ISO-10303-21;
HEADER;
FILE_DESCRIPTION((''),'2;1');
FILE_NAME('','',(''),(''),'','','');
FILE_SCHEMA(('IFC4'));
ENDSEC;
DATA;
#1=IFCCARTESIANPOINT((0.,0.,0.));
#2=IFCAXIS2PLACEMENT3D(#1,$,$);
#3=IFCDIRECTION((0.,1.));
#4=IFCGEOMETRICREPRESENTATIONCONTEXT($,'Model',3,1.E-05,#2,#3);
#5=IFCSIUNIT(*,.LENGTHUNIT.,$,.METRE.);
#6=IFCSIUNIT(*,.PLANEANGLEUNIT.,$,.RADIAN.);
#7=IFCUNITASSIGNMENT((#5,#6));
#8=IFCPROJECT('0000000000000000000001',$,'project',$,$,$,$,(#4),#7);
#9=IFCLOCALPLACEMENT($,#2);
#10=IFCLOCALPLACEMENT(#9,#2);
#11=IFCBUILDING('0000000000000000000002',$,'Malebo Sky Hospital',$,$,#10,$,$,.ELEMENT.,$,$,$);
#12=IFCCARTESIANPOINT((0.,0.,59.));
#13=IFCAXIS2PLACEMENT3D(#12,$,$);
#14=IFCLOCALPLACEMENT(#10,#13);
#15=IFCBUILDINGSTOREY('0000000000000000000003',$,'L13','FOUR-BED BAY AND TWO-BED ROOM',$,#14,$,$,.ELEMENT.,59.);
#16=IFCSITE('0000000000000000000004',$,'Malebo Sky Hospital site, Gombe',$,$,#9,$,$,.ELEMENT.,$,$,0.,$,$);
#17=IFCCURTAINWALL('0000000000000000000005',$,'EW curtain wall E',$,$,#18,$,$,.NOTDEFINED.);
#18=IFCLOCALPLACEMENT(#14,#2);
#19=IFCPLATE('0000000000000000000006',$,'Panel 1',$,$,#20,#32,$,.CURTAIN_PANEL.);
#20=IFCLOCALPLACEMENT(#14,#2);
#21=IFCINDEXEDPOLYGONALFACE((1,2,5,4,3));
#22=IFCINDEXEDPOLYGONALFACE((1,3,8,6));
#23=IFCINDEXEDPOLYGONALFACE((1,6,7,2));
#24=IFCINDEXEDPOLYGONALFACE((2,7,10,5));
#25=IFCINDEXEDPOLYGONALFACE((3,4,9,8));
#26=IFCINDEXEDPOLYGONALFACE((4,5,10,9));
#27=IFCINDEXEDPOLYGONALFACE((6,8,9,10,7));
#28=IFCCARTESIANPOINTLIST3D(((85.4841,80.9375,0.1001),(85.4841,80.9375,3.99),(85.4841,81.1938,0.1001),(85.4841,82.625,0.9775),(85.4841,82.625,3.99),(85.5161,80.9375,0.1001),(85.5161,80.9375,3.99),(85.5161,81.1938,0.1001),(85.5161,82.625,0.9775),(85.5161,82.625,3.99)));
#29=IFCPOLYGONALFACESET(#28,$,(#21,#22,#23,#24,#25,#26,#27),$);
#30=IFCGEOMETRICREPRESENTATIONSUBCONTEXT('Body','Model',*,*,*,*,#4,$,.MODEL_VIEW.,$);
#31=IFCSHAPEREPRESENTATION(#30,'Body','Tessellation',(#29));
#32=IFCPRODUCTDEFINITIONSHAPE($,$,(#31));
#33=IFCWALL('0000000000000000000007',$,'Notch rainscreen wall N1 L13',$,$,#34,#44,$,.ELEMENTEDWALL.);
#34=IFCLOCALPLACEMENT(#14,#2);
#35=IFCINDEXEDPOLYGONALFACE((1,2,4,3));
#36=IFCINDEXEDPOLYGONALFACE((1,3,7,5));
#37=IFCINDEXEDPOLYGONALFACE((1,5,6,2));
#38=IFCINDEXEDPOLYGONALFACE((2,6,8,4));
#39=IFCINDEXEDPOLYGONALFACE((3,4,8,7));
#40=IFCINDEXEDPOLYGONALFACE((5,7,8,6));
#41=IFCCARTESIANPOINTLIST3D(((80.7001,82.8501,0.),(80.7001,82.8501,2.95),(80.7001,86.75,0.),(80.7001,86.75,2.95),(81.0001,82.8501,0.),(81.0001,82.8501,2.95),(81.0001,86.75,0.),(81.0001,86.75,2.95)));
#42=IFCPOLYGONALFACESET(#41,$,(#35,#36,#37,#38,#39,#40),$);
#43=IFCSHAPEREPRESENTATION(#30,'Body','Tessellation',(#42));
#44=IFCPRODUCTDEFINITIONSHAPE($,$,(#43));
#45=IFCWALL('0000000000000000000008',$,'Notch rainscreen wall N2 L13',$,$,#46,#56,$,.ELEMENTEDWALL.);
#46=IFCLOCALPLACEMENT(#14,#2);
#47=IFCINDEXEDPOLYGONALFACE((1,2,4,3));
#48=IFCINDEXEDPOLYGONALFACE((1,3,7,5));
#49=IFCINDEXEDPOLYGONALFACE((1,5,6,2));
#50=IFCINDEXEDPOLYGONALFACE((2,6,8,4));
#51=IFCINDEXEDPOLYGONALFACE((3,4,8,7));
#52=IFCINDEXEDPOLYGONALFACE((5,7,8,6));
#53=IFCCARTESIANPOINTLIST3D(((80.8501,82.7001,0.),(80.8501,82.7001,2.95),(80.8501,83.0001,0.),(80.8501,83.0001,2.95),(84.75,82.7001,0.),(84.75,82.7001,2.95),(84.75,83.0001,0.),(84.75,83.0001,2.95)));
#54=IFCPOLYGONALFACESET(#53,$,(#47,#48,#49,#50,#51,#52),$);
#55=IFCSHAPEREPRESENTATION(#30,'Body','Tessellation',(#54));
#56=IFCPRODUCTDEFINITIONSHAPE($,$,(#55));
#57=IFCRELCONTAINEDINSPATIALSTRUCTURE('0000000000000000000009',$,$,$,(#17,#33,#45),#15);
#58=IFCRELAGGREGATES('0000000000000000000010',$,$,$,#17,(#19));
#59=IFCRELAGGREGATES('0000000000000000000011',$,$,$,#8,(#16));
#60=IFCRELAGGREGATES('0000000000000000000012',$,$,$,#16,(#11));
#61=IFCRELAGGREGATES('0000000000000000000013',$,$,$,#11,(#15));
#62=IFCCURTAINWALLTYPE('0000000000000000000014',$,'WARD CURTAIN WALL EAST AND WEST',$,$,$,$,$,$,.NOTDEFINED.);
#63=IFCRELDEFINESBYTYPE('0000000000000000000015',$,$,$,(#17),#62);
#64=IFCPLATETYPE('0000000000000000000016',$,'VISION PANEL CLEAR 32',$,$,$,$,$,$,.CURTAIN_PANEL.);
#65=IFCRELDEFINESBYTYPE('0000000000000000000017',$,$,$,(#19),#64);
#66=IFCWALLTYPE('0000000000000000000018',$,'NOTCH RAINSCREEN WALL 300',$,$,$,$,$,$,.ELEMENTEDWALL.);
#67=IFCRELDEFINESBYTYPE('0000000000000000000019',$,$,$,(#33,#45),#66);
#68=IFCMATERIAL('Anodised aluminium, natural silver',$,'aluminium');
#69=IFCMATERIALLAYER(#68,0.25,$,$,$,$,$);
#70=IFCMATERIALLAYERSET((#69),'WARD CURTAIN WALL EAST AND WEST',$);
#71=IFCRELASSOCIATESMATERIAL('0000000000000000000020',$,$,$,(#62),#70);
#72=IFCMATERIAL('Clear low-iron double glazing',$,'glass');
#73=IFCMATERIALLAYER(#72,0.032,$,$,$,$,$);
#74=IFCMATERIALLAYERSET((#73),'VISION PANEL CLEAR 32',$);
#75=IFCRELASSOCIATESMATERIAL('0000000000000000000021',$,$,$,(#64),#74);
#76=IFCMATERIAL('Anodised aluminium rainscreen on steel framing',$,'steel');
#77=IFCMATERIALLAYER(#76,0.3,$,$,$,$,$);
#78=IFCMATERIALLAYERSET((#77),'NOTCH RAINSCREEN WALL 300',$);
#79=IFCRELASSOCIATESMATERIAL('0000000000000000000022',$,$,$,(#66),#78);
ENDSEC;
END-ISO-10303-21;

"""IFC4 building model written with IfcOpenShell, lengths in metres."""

from ifc_helpers import new_model, si_unit, direction, frame, frame_2d, origin, place, context, subcontext, project, spatial, polyline, rectangle, outline, extrude, material, layer, layer_set, type_object, element, aggregate, save


model = new_model("IFC4")

# Units and contexts
model_context = context("Model", 3, precision=1e-05, world=origin(), true_north=direction((0.0, 1.0)))
body_context = subcontext(model_context, "Body", "Model", "MODEL_VIEW")
ifc_project = project(units=[si_unit("LENGTHUNIT", "METRE"), si_unit("PLANEANGLEUNIT", "RADIAN")], contexts=[model_context])

# Site, building, storey
site_placement = place(None, origin())
site = spatial("IfcSite", under=ifc_project, at=site_placement, Name="Malebo Sky Hospital site, Gombe", CompositionType="ELEMENT", RefElevation=0.0)
building_placement = place(site_placement, origin())
building = spatial("IfcBuilding", under=site, at=building_placement, Name="Malebo Sky Hospital", CompositionType="ELEMENT")
storey_placement = place(building_placement, frame((0.0, 0.0, 59.0)))
storey = spatial("IfcBuildingStorey", under=building, at=storey_placement, Name="L13", Description="FOUR-BED BAY AND TWO-BED ROOM", CompositionType="ELEMENT", Elevation=59.0)

# Curtain wall
ifc_material_1 = material(Name="Anodised aluminium, natural silver", Category="aluminium")
ifc_layer_1 = layer(ifc_material_1, 0.25)
ifc_layer_set_1 = layer_set([ifc_layer_1], Name="WARD CURTAIN WALL EAST AND WEST")
curtain_wall_type_1 = type_object("IfcCurtainWallType", Name="WARD CURTAIN WALL EAST AND WEST", PredefinedType="NOTDEFINED", material=ifc_layer_set_1)
curtain_wall_1_placement = place(storey_placement, origin())
curtain_wall_1 = element("IfcCurtainWall", 1, at=curtain_wall_1_placement, inside=storey, type_object=curtain_wall_type_1, Name="EW curtain wall E", PredefinedType="NOTDEFINED")

# Plate
ifc_material_2 = material(Name="Clear low-iron double glazing", Category="glass")
ifc_layer_2 = layer(ifc_material_2, 0.032)
ifc_layer_set_2 = layer_set([ifc_layer_2], Name="VISION PANEL CLEAR 32")
plate_type = type_object("IfcPlateType", Name="VISION PANEL CLEAR 32", PredefinedType="CURTAIN_PANEL", material=ifc_layer_set_2)
plate_1_placement = place(storey_placement, frame((85.5, 81.7812, 0.1001), z_axis=(0.0, 0.0, 1.0), x_axis=(0.0, -1.0, 0.0)))
plate_1 = element("IfcPlate", 2, at=plate_1_placement, type_object=plate_type, Name="Panel 1", PredefinedType="CURTAIN_PANEL", context=body_context, shape_type="SweptSolid", body=[
    extrude(outline(polyline([(0.5874, 0.0), (0.8438, 0.0), (0.8438, 3.8899), (-0.8438, 3.8899), (-0.8438, 0.8774), (0.5874, 0.0)])), frame((0.0, 0.0161, 0.0), z_axis=(0.0, -1.0, 0.0), x_axis=(1.0, 0.0, 0.0)), (0.0, 0.0, 1.0), 0.032),
])
aggregate(curtain_wall_1, [plate_1])

# Walls
ifc_material_3 = material(Name="Anodised aluminium rainscreen on steel framing", Category="steel")
ifc_layer_3 = layer(ifc_material_3, 0.3)
ifc_layer_set_3 = layer_set([ifc_layer_3], Name="NOTCH RAINSCREEN WALL 300")
wall_type = type_object("IfcWallType", Name="NOTCH RAINSCREEN WALL 300", PredefinedType="ELEMENTEDWALL", material=ifc_layer_set_3)
for number, where, z_axis, x_axis, name in (
    (3, (80.8501, 86.75, 0.0), (0.0, 0.0, 1.0), (0.0, -1.0, 0.0), "Notch rainscreen wall N1 L13"),
    (4, (80.8501, 82.8501, 0.0), (0.0, 0.0, 1.0), (1.0, 0.0, 0.0), "Notch rainscreen wall N2 L13"),
):
    element("IfcWall", number, at=place(storey_placement, frame(where, z_axis=z_axis, x_axis=x_axis)), inside=storey, type_object=wall_type, Name=name, PredefinedType="ELEMENTEDWALL", context=body_context, shape_type="SweptSolid", body=[
        extrude(rectangle(XDim=3.8999, YDim=0.3, at=frame_2d((1.95, 0.0))), origin(), (0.0, 0.0, 1.0), 2.95),
    ])

save(model, "model.ifc")
